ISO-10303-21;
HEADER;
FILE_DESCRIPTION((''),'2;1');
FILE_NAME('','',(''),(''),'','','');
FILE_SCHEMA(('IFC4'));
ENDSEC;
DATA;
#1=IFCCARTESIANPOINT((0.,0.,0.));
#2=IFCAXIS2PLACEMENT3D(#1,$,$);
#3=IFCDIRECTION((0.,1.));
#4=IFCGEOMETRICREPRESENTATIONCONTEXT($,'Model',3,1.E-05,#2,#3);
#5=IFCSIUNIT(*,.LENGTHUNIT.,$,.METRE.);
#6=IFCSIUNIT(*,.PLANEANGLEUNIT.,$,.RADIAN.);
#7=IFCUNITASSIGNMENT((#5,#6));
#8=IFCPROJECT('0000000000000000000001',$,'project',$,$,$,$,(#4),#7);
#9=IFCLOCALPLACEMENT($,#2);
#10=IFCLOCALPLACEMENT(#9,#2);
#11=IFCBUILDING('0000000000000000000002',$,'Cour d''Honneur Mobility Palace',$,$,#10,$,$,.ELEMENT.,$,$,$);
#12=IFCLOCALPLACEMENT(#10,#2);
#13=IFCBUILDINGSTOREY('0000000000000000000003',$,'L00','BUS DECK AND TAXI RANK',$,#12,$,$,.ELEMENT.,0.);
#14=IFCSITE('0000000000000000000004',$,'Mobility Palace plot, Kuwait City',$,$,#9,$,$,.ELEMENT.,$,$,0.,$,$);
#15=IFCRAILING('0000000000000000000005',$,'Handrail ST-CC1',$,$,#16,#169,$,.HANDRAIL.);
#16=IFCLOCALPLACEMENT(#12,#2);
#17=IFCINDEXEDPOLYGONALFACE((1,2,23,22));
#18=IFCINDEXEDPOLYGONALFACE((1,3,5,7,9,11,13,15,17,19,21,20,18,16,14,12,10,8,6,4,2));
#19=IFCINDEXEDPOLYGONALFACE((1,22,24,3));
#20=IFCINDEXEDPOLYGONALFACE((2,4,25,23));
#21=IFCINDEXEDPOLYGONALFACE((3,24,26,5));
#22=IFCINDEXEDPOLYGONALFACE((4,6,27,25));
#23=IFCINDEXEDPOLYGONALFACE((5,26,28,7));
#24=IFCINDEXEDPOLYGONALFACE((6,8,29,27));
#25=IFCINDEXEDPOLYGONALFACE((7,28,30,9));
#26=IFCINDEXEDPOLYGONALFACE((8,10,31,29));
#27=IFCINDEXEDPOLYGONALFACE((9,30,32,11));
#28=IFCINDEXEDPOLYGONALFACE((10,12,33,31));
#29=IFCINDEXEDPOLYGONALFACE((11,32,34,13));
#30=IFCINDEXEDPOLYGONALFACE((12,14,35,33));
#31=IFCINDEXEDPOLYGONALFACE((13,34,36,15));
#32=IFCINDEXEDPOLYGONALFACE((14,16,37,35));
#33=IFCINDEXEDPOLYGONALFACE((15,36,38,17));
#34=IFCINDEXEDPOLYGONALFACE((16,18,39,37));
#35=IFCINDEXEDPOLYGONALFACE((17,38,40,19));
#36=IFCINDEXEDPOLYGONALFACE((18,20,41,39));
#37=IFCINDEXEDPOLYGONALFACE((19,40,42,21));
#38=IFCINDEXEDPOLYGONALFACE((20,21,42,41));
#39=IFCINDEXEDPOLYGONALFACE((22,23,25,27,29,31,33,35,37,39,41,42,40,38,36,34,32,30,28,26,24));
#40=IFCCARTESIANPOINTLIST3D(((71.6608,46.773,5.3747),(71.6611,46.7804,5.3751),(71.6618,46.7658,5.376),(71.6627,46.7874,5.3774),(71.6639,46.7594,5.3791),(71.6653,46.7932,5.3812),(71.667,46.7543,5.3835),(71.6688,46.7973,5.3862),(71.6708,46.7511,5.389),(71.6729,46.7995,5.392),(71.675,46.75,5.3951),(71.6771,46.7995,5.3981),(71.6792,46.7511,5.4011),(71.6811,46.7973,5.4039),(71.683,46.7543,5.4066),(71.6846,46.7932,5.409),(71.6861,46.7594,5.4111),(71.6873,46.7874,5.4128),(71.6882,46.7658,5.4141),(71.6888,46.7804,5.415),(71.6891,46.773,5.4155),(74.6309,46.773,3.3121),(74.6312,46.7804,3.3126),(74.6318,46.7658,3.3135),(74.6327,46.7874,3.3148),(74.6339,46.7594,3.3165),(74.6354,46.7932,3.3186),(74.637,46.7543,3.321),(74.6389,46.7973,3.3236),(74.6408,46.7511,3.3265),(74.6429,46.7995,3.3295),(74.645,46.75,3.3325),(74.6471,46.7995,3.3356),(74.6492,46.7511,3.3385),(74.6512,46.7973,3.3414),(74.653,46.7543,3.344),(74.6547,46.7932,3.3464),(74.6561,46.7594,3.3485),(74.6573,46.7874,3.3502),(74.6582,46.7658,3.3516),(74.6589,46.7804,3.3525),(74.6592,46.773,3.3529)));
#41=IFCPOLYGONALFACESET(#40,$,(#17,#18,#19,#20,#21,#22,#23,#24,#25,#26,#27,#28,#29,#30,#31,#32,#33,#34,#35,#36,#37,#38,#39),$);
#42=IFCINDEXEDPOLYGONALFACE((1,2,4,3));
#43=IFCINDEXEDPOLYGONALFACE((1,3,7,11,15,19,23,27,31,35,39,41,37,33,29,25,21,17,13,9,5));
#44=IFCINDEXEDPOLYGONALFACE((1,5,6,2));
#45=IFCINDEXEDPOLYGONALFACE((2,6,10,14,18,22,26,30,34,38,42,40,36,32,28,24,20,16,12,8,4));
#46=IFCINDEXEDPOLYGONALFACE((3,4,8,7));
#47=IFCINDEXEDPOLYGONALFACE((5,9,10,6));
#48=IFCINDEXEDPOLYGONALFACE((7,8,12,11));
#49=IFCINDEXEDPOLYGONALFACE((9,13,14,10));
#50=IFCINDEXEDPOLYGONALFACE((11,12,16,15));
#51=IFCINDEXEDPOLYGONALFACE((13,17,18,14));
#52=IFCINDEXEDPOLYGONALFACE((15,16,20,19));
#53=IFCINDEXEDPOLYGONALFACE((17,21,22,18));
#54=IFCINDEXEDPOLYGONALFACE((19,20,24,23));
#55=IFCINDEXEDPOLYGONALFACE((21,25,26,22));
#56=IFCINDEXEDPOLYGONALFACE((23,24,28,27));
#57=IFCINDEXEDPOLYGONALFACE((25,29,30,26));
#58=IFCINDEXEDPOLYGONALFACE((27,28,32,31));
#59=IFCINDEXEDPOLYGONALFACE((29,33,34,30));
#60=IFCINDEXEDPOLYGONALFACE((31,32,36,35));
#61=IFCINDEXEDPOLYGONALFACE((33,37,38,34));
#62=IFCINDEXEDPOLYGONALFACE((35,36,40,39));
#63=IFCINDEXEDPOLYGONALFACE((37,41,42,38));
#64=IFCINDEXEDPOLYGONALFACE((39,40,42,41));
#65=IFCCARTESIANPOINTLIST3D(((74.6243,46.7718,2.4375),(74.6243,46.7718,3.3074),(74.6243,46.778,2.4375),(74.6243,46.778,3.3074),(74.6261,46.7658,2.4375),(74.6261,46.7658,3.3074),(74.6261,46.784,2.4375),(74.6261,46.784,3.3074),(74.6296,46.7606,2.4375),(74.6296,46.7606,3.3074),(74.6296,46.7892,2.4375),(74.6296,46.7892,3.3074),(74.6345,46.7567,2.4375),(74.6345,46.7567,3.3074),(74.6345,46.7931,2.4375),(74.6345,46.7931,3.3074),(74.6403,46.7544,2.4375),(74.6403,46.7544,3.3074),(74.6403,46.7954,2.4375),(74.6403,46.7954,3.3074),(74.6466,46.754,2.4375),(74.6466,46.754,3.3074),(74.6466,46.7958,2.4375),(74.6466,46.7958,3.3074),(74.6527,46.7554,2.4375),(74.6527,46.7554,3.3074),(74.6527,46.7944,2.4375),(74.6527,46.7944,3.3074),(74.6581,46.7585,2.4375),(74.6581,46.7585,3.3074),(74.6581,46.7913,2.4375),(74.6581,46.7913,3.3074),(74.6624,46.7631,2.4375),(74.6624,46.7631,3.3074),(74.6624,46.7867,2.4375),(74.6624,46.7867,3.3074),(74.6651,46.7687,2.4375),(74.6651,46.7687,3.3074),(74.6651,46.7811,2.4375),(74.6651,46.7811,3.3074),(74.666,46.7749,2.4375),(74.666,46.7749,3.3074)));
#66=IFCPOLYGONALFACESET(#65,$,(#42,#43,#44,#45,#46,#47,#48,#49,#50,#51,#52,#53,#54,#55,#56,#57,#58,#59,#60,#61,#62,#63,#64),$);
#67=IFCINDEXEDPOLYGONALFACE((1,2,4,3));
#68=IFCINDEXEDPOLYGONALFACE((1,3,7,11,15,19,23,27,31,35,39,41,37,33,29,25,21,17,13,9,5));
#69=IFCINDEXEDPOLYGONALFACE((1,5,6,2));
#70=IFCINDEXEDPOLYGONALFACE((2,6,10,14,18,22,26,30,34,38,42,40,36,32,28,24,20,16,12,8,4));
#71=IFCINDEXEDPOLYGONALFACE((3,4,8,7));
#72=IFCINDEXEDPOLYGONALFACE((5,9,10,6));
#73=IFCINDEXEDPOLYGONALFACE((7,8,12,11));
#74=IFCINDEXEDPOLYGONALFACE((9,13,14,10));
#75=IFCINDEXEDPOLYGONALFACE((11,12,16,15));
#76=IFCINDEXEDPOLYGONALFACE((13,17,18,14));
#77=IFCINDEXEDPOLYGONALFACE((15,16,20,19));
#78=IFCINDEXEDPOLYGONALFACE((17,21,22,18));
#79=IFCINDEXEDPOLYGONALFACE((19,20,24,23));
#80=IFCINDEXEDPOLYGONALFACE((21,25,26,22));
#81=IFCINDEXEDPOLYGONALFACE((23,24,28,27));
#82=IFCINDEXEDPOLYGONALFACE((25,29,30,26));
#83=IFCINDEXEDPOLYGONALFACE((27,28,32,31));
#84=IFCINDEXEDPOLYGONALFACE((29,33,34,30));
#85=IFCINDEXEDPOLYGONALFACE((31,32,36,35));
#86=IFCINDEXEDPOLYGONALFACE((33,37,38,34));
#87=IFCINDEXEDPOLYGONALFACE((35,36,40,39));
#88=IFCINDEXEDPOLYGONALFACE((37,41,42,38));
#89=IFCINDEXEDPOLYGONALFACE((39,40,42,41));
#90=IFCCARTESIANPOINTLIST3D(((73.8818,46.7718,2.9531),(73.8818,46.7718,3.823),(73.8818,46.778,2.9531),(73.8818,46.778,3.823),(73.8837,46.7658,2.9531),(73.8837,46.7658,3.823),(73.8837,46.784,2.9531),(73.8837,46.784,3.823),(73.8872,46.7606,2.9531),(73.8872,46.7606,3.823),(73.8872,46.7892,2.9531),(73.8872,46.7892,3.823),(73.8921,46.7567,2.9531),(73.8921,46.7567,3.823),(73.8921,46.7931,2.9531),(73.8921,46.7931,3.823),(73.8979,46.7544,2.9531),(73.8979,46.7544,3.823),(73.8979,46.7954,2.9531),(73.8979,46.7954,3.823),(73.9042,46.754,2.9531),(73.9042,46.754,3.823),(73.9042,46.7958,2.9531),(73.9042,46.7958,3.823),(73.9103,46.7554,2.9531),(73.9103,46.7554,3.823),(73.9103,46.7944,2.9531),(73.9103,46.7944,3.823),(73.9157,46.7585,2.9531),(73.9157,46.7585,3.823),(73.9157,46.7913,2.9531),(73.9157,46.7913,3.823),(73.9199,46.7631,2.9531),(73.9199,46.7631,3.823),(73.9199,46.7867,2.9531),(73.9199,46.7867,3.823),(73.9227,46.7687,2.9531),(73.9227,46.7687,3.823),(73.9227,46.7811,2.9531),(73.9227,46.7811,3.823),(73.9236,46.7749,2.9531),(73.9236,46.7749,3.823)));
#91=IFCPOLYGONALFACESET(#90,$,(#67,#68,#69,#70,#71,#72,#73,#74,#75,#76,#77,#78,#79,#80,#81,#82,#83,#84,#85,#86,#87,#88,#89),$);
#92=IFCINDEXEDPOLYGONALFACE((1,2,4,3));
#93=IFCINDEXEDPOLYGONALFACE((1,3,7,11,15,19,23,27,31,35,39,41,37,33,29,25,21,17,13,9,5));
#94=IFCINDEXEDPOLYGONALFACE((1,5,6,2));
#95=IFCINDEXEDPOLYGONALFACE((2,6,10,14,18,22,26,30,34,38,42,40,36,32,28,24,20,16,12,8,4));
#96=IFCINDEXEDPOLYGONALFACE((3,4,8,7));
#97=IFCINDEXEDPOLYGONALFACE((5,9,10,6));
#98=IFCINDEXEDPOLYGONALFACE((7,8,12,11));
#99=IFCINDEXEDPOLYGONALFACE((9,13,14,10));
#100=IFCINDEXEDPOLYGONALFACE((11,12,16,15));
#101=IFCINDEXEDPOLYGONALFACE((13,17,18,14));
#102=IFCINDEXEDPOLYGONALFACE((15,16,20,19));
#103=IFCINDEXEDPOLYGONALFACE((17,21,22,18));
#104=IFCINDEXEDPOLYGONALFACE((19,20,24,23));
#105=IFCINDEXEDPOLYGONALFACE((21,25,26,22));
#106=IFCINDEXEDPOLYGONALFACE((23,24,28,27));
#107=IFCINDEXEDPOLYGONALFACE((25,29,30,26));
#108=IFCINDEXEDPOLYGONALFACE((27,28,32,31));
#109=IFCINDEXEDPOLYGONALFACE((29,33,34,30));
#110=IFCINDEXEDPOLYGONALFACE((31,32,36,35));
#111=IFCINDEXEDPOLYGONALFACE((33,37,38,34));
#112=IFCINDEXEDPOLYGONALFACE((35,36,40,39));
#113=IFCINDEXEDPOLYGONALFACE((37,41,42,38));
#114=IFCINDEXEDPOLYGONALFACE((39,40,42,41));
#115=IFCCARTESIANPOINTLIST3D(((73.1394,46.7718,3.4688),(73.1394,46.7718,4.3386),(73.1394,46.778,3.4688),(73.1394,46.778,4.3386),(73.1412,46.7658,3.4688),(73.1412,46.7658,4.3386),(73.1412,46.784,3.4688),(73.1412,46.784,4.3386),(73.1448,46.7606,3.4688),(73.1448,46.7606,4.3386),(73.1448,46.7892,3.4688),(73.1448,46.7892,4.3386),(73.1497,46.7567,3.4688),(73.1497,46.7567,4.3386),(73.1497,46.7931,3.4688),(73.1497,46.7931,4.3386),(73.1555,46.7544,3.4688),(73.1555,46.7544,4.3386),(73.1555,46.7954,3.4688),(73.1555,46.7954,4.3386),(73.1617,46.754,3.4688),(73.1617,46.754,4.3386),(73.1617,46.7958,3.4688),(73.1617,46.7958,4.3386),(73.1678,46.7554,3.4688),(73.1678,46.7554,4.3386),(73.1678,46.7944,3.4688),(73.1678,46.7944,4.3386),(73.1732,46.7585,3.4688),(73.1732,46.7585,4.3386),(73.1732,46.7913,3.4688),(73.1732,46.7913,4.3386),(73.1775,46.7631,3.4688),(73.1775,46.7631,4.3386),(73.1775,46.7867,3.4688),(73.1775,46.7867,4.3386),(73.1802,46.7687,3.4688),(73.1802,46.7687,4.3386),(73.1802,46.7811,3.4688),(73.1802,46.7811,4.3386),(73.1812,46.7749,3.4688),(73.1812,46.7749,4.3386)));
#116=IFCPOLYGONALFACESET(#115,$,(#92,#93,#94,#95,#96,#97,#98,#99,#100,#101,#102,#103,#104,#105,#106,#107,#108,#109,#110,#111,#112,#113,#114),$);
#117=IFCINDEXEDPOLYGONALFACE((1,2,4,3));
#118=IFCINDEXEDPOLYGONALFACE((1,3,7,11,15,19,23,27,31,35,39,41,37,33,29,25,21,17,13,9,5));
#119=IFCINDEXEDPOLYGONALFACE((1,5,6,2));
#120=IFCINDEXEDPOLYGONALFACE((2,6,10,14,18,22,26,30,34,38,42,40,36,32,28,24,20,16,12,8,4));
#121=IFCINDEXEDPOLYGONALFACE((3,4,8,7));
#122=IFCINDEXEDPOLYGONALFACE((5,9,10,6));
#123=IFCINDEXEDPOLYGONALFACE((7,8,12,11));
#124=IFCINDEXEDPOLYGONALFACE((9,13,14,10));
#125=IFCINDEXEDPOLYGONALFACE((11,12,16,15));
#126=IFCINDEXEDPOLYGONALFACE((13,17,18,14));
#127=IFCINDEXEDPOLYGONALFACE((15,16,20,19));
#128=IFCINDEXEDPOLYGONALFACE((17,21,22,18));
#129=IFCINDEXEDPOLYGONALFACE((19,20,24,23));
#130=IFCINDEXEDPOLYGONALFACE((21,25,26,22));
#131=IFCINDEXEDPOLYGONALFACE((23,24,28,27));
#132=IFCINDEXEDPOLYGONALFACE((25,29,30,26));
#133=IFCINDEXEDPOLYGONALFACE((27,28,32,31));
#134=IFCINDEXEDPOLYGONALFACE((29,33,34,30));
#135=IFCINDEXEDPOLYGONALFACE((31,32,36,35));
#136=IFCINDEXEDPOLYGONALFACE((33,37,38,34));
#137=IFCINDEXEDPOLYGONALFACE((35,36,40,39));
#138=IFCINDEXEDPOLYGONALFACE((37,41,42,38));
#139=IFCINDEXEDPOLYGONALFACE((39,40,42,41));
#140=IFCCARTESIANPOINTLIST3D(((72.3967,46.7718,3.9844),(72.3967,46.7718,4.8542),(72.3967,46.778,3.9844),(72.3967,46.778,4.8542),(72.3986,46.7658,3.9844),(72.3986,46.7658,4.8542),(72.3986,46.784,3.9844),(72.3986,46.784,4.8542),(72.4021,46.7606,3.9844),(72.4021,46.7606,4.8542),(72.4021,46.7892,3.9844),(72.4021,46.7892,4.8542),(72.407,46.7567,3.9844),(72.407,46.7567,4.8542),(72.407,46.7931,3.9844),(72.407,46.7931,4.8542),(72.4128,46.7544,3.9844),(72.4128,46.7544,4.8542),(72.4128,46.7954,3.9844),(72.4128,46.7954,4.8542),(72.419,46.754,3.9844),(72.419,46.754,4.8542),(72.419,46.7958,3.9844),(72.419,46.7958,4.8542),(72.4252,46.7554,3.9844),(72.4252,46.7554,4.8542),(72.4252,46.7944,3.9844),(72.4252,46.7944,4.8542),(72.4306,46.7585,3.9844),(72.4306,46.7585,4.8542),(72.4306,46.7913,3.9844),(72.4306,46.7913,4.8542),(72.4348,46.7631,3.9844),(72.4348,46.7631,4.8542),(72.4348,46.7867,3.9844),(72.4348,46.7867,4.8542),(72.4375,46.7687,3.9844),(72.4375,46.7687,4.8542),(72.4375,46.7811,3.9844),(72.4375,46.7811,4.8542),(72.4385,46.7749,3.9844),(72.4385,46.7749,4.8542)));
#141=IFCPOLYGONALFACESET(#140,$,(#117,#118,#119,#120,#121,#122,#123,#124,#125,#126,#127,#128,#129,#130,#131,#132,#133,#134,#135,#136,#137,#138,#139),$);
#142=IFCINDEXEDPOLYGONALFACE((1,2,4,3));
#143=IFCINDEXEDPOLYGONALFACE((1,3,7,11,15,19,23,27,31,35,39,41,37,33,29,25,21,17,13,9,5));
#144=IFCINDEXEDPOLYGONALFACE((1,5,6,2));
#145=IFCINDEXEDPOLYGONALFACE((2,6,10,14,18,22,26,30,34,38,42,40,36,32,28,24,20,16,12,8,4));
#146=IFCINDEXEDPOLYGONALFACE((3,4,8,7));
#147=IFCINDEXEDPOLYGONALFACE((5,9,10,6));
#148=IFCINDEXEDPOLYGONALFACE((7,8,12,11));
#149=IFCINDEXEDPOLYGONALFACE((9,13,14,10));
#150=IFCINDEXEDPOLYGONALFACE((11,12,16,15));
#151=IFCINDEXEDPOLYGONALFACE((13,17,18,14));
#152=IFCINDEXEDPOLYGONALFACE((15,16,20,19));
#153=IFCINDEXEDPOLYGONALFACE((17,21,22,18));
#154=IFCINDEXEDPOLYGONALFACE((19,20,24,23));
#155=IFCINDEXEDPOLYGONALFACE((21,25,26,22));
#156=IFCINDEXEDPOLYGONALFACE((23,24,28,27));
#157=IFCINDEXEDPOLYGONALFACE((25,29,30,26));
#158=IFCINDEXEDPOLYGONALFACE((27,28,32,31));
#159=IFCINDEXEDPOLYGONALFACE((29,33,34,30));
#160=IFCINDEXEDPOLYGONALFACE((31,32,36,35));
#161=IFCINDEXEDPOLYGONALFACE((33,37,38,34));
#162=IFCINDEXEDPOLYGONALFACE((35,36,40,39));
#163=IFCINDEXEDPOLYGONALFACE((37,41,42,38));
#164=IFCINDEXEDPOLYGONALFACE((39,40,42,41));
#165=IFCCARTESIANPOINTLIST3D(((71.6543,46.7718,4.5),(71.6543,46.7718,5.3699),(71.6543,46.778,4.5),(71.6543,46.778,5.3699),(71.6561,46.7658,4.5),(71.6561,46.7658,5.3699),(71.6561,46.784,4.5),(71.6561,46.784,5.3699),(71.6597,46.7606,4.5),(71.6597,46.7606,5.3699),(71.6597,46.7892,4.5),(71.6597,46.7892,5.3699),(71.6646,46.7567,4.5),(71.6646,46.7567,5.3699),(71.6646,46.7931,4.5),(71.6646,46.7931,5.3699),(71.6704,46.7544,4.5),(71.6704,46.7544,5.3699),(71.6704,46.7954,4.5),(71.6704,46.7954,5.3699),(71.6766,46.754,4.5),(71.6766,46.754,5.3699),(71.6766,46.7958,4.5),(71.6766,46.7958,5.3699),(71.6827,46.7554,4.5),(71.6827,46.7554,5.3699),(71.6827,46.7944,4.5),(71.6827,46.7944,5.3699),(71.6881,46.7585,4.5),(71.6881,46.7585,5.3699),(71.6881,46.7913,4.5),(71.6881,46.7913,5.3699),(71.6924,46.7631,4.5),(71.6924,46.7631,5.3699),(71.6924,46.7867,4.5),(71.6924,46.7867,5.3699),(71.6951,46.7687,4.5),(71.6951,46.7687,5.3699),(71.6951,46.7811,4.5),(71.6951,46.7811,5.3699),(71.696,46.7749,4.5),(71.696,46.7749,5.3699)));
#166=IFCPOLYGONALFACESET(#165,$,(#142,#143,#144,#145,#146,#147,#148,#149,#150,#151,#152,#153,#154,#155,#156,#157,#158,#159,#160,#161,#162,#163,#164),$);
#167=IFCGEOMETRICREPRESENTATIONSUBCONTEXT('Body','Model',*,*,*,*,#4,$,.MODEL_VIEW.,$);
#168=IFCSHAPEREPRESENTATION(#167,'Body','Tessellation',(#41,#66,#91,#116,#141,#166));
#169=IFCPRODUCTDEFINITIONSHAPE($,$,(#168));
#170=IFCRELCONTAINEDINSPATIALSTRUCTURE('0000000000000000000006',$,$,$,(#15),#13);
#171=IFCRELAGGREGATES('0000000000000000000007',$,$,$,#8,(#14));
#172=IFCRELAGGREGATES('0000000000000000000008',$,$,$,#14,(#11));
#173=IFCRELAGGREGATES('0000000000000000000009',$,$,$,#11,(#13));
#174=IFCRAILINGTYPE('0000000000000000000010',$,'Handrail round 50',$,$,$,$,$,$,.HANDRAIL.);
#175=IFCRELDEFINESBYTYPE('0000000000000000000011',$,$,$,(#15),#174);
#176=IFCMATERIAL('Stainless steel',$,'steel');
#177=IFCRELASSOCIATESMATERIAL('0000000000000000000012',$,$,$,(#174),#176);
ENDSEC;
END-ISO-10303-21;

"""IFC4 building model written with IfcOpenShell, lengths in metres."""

from ifc_helpers import new_model, si_unit, direction, frame, origin, origin_2d, place, context, subcontext, project, spatial, circle, extrude, material, type_object, element, save


model = new_model("IFC4")

# Units and contexts
model_context = context("Model", 3, precision=1e-05, world=origin(), true_north=direction((0.0, 1.0)))
body_context = subcontext(model_context, "Body", "Model", "MODEL_VIEW")
ifc_project = project(units=[si_unit("LENGTHUNIT", "METRE"), si_unit("PLANEANGLEUNIT", "RADIAN")], contexts=[model_context])

# Site, building, storey
site_placement = place(None, origin())
site = spatial("IfcSite", under=ifc_project, at=site_placement, Name="Mobility Palace plot, Kuwait City", CompositionType="ELEMENT", RefElevation=0.0)
building_placement = place(site_placement, origin())
building = spatial("IfcBuilding", under=site, at=building_placement, Name="Cour d'Honneur Mobility Palace", CompositionType="ELEMENT")
storey_placement = place(building_placement, origin())
storey = spatial("IfcBuildingStorey", under=building, at=storey_placement, Name="L00", Description="BUS DECK AND TAXI RANK", CompositionType="ELEMENT", Elevation=0.0)

# Railing
ifc_material_1 = material(Name="Stainless steel", Category="steel")
railing_type_1 = type_object("IfcRailingType", Name="Handrail round 50", PredefinedType="HANDRAIL", material=ifc_material_1)
for number, where, name in (
    (1, (74.645, 46.7749, 2.4375), "Handrail ST-CC1"),
):
    element("IfcRailing", number, at=place(storey_placement, frame(where)), inside=storey, type_object=railing_type_1, Name=name, PredefinedType="HANDRAIL", context=body_context, shape_type="SweptSolid", body=[
        extrude(circle(Radius=0.0249, at=origin_2d()), frame((0.0, 0.0, 0.895), z_axis=(-0.821367, 0.0, 0.5704), x_axis=(0.0, -1.0, 0.0)), (0.0, 0.0, 1.0), 3.616),
        extrude(circle(Radius=0.021, at=origin_2d()), origin(), (0.0, 0.0, 1.0), 0.8699),
        extrude(circle(Radius=0.021, at=origin_2d()), frame((-0.7424, 0.0, 0.5156)), (0.0, 0.0, 1.0), 0.8699),
        extrude(circle(Radius=0.021, at=origin_2d()), frame((-1.4849, 0.0, 1.0312)), (0.0, 0.0, 1.0), 0.8699),
        extrude(circle(Radius=0.021, at=origin_2d()), frame((-2.2275, 0.0, 1.5469)), (0.0, 0.0, 1.0), 0.8699),
        extrude(circle(Radius=0.021, at=origin_2d()), frame((-2.97, 0.0, 2.0625)), (0.0, 0.0, 1.0), 0.8699),
    ])

save(model, "model.ifc")
